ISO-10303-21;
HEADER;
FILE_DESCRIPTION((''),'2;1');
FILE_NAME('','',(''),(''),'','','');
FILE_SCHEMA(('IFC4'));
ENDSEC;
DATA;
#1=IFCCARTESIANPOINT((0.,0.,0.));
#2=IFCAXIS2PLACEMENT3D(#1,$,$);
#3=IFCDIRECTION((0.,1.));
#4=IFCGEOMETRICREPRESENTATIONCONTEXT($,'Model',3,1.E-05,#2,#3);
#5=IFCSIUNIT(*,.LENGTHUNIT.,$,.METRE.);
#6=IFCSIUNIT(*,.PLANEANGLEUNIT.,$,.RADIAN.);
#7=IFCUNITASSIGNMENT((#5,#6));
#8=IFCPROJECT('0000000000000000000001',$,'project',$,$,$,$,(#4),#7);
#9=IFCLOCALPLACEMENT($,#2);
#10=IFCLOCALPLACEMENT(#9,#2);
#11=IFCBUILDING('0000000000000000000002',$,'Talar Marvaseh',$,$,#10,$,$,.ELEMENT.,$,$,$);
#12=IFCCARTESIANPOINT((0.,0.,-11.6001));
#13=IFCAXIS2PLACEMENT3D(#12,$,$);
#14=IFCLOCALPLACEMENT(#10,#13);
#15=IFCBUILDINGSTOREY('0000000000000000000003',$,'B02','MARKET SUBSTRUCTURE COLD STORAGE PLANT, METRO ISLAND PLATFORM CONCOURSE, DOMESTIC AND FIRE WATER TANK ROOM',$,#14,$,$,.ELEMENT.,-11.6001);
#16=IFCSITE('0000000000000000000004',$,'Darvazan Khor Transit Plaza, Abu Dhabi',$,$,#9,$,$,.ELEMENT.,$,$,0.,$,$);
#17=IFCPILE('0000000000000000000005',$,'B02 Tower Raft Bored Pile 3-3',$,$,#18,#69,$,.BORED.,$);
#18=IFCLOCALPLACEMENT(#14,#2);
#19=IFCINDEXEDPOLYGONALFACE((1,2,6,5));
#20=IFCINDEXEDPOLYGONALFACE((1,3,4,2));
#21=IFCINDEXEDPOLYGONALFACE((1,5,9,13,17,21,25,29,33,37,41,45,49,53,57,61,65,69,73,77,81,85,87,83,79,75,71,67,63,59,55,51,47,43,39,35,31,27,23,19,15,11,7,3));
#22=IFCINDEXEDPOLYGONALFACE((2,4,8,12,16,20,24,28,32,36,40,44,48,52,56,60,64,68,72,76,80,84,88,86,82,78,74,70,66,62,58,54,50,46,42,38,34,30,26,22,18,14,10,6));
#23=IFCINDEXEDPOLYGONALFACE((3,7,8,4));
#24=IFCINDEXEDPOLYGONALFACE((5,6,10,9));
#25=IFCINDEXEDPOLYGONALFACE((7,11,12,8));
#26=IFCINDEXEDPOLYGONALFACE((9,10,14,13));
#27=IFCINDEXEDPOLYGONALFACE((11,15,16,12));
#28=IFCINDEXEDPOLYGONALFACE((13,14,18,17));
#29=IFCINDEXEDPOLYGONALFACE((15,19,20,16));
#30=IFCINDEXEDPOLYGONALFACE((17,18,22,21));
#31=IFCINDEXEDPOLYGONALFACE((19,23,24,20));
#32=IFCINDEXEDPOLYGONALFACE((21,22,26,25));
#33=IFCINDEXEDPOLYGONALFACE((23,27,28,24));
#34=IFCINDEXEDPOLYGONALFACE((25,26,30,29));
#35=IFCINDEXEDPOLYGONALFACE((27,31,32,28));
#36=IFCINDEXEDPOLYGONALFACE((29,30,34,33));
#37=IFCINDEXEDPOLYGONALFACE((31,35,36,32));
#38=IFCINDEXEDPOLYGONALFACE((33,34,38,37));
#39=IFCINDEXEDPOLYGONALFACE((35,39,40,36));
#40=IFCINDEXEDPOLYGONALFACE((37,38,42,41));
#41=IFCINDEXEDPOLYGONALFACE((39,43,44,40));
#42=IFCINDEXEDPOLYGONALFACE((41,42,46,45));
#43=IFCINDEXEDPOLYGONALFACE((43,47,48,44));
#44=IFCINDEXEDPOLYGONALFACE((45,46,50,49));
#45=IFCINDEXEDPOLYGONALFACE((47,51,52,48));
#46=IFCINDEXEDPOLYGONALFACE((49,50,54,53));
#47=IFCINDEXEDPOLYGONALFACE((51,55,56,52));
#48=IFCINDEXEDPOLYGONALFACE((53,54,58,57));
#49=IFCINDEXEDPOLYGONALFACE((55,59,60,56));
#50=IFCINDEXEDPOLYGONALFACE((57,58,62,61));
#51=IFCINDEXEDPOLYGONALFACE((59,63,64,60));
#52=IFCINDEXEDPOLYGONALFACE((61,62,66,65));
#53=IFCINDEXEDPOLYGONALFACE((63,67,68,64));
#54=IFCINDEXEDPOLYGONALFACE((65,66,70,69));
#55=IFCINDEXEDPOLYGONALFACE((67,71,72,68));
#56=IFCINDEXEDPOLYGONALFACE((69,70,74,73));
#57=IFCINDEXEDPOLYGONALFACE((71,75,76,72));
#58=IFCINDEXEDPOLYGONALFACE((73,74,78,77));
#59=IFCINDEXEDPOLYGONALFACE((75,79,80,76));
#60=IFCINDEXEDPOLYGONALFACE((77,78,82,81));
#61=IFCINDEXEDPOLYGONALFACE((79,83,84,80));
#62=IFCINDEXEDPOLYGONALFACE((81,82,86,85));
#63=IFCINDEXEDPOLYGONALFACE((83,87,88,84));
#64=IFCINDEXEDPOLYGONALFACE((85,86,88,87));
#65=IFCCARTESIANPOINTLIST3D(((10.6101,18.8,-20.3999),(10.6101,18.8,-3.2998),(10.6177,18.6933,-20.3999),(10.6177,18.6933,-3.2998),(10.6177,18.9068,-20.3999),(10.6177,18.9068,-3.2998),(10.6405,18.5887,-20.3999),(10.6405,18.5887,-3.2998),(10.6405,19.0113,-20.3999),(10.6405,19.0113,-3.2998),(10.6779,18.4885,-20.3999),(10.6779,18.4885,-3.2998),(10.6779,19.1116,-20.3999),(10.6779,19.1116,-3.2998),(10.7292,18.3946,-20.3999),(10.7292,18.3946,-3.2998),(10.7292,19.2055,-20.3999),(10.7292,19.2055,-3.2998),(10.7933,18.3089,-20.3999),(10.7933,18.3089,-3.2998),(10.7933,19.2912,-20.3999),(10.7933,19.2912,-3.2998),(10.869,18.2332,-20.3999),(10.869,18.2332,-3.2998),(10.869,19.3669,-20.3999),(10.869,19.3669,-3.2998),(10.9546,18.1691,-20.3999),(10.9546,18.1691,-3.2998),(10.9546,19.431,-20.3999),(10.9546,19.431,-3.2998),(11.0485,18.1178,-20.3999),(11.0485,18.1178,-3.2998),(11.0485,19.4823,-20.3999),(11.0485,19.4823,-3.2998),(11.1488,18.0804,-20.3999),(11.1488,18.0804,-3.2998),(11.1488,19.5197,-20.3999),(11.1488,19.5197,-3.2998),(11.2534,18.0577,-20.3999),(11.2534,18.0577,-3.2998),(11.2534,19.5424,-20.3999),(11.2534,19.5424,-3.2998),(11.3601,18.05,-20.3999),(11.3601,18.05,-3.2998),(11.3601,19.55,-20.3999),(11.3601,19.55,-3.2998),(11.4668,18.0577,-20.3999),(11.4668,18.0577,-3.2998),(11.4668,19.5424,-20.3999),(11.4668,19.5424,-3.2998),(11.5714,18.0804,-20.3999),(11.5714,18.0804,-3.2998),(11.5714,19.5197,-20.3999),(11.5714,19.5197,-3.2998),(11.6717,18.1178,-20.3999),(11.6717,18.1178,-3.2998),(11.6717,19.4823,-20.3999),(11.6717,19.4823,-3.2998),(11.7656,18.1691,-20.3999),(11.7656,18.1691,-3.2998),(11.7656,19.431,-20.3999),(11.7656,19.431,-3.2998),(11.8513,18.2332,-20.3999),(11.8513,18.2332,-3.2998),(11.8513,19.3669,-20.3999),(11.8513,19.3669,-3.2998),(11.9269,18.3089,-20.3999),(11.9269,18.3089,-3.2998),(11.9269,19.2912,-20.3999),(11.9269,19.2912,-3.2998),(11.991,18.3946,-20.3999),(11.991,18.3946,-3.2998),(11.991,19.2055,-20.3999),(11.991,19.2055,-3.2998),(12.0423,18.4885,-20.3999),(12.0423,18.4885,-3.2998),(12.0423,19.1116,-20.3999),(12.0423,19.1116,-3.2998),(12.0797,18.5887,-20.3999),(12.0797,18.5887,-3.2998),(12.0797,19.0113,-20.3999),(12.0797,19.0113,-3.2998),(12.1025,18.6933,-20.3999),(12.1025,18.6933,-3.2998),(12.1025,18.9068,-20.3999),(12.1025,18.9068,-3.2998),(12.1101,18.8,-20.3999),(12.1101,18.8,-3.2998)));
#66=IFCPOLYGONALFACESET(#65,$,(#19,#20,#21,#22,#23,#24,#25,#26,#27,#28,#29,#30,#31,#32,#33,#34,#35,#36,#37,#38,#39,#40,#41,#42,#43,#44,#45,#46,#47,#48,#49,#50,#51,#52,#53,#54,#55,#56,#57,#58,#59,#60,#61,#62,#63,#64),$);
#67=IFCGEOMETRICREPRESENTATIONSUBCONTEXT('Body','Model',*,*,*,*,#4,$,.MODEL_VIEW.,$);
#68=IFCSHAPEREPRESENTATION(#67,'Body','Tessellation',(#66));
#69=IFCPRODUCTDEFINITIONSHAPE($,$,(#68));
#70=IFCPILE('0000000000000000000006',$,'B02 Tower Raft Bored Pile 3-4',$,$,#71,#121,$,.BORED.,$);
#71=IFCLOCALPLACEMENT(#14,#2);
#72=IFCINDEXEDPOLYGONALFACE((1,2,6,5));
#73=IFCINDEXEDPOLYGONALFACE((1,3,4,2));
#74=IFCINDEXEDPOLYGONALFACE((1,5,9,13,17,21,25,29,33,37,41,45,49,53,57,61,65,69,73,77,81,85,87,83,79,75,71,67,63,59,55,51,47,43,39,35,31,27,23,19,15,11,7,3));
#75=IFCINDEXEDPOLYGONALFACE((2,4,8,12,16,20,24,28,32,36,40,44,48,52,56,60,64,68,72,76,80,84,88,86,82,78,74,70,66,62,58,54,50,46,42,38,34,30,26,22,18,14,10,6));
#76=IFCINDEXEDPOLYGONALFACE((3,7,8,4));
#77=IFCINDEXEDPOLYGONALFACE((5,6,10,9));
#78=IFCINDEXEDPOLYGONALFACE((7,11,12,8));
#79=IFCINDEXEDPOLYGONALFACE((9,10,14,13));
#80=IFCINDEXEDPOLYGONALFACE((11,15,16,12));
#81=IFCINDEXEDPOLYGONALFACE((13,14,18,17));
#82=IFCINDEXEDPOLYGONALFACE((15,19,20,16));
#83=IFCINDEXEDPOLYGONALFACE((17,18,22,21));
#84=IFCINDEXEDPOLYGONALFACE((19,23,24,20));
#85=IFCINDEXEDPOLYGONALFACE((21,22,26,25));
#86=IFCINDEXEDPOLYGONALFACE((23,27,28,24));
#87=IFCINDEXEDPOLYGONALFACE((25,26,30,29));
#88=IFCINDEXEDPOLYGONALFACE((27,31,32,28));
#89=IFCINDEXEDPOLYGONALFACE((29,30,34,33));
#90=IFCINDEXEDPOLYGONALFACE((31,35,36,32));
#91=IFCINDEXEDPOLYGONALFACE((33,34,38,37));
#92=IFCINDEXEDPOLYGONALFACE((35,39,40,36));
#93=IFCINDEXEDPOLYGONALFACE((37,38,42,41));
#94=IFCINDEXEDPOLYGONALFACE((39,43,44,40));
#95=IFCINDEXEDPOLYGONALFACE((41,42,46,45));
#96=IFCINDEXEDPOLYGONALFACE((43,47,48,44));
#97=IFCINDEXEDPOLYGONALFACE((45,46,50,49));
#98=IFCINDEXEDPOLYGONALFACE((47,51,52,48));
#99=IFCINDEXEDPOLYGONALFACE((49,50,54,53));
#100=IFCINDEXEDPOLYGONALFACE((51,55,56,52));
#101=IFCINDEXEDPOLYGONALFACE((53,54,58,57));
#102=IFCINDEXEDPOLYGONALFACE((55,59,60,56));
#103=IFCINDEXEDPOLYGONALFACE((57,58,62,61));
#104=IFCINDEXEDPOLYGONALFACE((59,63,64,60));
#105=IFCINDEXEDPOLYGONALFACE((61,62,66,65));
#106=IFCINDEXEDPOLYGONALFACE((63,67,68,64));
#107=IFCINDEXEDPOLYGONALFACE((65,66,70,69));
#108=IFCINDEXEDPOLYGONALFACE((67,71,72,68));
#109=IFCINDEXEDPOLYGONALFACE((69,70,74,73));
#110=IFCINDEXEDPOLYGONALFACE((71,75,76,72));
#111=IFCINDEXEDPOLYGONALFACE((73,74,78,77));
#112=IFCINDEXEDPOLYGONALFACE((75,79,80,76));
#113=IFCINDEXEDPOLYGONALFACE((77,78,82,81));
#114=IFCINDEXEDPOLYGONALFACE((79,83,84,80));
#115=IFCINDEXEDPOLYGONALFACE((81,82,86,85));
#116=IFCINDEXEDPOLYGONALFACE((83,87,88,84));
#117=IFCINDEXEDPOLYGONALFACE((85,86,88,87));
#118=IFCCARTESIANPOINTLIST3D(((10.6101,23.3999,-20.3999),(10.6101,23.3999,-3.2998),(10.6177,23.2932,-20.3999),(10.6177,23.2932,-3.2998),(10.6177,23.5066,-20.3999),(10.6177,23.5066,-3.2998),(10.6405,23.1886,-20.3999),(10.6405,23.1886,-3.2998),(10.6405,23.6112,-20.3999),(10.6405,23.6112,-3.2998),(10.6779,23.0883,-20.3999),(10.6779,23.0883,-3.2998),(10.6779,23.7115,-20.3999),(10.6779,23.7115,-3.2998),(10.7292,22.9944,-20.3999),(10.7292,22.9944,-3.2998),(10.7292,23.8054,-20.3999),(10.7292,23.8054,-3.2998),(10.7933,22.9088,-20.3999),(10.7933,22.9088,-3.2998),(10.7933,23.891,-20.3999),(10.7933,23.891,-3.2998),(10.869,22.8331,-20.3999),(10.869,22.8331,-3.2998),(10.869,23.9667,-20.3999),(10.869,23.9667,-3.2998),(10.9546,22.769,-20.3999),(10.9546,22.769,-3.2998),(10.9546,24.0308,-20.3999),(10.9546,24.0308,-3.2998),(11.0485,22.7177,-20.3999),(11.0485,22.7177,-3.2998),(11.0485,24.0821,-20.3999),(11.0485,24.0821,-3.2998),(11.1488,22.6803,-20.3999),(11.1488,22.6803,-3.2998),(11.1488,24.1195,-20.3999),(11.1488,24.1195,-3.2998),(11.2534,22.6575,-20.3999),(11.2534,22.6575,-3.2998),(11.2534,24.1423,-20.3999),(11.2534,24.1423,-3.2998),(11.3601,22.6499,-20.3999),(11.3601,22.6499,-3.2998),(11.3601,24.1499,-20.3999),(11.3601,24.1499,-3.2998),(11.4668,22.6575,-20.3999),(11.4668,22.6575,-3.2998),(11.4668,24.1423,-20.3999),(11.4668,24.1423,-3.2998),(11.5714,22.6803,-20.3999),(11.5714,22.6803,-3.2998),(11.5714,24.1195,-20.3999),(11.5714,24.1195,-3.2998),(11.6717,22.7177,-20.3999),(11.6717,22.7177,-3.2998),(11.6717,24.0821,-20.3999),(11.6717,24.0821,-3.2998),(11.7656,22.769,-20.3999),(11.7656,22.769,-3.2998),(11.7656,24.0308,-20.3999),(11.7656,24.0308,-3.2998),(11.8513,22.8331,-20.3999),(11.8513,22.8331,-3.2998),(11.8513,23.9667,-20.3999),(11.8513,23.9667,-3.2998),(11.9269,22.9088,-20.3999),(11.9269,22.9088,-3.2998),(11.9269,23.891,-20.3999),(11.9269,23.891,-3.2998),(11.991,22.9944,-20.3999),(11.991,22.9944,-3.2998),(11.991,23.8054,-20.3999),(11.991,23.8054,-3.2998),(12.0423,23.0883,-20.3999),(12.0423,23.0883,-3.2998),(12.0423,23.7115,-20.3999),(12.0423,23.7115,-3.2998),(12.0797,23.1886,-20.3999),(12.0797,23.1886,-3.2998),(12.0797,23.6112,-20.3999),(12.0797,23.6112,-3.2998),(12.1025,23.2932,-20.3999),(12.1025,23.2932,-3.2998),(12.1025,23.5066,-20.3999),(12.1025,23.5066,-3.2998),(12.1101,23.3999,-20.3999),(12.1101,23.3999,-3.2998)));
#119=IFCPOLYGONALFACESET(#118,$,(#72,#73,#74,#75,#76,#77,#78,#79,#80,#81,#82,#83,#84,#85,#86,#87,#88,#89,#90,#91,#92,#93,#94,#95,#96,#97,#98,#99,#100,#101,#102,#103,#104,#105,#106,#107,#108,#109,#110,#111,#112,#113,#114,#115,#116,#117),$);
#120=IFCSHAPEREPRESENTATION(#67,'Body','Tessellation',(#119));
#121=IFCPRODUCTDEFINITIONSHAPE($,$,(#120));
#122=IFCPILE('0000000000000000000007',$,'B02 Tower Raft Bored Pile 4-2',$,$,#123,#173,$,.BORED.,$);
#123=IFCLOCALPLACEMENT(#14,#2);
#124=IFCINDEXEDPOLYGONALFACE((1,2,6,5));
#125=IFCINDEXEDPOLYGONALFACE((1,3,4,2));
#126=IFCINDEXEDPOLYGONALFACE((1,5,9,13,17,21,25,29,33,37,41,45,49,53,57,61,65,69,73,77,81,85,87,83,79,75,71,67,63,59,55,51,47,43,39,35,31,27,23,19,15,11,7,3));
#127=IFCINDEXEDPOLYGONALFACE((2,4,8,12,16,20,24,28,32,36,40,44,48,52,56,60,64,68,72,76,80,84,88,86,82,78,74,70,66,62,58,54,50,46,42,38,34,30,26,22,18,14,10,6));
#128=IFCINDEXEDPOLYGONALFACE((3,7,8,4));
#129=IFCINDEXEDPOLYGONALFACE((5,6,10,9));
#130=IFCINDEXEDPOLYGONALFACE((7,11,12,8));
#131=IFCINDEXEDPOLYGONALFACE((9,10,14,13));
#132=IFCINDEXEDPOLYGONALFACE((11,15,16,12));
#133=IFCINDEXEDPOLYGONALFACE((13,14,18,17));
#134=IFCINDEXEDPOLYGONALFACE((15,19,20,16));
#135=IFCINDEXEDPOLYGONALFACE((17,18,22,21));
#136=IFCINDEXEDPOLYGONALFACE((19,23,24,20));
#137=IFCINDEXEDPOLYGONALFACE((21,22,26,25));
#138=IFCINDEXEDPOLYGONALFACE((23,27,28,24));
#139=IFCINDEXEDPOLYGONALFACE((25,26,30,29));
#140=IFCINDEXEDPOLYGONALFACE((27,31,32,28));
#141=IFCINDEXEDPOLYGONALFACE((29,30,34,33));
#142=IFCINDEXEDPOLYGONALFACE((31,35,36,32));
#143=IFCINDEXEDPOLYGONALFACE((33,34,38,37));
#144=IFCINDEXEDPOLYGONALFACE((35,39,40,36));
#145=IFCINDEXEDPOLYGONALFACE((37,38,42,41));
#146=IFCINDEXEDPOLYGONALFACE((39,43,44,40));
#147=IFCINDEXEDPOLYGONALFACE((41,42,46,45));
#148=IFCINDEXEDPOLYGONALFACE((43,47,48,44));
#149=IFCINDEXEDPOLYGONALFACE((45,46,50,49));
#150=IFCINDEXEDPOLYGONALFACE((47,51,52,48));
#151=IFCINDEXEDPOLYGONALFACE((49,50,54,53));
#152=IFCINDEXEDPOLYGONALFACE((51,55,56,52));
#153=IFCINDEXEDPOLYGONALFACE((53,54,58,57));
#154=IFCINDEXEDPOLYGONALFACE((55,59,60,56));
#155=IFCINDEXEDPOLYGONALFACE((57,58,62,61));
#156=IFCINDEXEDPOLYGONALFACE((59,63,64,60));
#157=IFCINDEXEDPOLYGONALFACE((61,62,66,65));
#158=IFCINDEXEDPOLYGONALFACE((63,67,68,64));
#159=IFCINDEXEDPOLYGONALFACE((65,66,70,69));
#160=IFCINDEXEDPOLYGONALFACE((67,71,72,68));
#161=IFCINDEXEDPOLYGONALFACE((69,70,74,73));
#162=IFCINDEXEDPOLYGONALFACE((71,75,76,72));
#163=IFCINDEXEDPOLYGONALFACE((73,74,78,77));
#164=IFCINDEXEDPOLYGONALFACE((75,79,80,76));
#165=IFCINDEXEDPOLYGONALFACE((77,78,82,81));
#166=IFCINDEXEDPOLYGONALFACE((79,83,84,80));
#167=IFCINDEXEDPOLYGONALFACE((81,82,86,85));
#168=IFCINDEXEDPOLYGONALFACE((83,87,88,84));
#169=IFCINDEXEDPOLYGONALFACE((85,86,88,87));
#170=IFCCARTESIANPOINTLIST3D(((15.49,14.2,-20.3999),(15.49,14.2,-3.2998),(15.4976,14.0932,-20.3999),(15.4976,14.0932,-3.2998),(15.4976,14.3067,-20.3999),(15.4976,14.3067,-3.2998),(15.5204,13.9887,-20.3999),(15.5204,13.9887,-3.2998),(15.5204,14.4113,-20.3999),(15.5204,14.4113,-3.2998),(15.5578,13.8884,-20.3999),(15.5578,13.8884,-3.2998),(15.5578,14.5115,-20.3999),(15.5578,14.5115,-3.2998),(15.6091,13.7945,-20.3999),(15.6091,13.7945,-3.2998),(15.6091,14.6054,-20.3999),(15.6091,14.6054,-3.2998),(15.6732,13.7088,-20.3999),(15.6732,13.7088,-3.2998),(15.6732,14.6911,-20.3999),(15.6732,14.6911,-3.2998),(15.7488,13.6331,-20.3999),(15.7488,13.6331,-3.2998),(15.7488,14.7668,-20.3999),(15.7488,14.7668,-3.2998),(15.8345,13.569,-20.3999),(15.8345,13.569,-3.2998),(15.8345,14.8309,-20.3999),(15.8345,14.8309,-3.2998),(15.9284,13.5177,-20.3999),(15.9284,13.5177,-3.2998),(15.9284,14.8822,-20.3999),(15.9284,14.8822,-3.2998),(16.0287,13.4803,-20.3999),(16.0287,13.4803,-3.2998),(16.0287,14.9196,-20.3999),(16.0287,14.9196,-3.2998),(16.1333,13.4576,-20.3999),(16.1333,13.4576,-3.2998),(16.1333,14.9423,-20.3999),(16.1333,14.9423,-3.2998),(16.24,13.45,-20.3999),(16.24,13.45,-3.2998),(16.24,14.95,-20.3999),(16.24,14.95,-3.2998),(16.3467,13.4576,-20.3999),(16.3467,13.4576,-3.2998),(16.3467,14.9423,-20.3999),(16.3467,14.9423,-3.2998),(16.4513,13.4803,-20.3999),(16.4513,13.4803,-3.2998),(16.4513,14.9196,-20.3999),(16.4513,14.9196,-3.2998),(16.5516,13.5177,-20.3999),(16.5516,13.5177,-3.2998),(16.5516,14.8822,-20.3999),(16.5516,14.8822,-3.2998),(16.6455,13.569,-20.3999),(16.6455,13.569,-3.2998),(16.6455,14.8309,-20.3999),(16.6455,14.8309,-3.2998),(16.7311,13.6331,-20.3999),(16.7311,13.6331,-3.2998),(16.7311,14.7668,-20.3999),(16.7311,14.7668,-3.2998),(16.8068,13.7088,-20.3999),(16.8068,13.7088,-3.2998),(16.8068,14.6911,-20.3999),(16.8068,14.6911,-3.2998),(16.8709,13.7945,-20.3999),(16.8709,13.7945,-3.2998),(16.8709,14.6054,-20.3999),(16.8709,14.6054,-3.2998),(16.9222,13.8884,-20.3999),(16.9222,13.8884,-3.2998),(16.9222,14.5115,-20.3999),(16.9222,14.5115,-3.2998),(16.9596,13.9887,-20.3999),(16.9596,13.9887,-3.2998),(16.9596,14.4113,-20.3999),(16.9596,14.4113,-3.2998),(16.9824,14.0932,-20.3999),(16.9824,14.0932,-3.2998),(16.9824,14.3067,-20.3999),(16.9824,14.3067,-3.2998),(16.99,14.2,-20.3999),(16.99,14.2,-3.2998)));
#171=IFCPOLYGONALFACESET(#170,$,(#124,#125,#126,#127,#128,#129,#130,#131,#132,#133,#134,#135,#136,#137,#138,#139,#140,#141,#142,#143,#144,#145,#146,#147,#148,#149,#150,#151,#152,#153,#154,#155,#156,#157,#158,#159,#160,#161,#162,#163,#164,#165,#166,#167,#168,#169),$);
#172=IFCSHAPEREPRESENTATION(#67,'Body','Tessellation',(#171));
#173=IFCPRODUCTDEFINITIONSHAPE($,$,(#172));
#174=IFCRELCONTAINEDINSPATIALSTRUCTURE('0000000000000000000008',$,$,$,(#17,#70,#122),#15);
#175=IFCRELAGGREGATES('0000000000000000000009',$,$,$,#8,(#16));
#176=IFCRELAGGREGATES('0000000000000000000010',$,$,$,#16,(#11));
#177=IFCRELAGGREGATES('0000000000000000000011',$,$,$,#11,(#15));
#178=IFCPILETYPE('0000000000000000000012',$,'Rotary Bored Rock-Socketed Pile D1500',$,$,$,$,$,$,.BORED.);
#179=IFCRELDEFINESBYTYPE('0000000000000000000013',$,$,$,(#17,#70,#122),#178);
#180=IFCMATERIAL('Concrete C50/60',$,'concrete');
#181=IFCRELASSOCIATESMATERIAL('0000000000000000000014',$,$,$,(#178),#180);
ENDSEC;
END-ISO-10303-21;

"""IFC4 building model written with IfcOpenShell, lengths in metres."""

from ifc_helpers import new_model, si_unit, direction, frame, origin, origin_2d, place, context, subcontext, project, spatial, circle, extrude, source, transform, mapped, material, material_profile, profile_set, type_object, type_shapes, element, save


model = new_model("IFC4")

# Units and contexts
model_context = context("Model", 3, precision=1e-05, world=origin(), true_north=direction((0.0, 1.0)))
body_context = subcontext(model_context, "Body", "Model", "MODEL_VIEW")
ifc_project = project(units=[si_unit("LENGTHUNIT", "METRE"), si_unit("PLANEANGLEUNIT", "RADIAN")], contexts=[model_context])

# Site, building, storey
site_placement = place(None, origin())
site = spatial("IfcSite", under=ifc_project, at=site_placement, Name="Darvazan Khor Transit Plaza, Abu Dhabi", CompositionType="ELEMENT", RefElevation=0.0)
building_placement = place(site_placement, origin())
building = spatial("IfcBuilding", under=site, at=building_placement, Name="Talar Marvaseh", CompositionType="ELEMENT")
storey_placement = place(building_placement, frame((0.0, 0.0, -11.6001)))
storey = spatial("IfcBuildingStorey", under=building, at=storey_placement, Name="B02", Description="MARKET SUBSTRUCTURE COLD STORAGE PLANT, METRO ISLAND PLATFORM CONCOURSE, DOMESTIC AND FIRE WATER TANK ROOM", CompositionType="ELEMENT", Elevation=-11.6001)

# Piles
ifc_material_1 = material(Name="Concrete C50/60", Category="concrete")
ifc_material_profile_1 = material_profile(ifc_material_1, circle(Radius=0.75, at=origin_2d()), Name="PILE-D1500")
ifc_profile_set_1 = profile_set([ifc_material_profile_1], Name="Concrete C50/60")
pile_type_1 = type_object("IfcPileType", Name="Rotary Bored Rock-Socketed Pile D1500", PredefinedType="BORED", material=ifc_profile_set_1)
shared_shape_1 = source(origin(), body_context, "Body", "SweptSolid", [
    extrude(circle(Radius=0.75, at=origin_2d()), origin(), (0.0, 0.0, 1.0), 17.1001),
])
type_shapes(pile_type_1, [shared_shape_1])
for number, where, z_axis, x_axis, name in (
    (1, (11.3601, 18.8, -3.2998), (0.0, 0.0, -1.0), (1.0, 0.0, 0.0), "B02 Tower Raft Bored Pile 3-3"),
    (2, (11.3601, 23.3999, -3.2998), (0.0, 0.0, -1.0), (1.0, 0.0, 0.0), "B02 Tower Raft Bored Pile 3-4"),
    (3, (16.24, 14.2, -3.2998), (0.0, 0.0, -1.0), (1.0, 0.0, 0.0), "B02 Tower Raft Bored Pile 4-2"),
):
    element("IfcPile", number, at=place(storey_placement, frame(where, z_axis=z_axis, x_axis=x_axis)), inside=storey, type_object=pile_type_1, Name=name, PredefinedType="BORED", context=body_context, shape_type="MappedRepresentation", body=[
        mapped(shared_shape_1, transform((0.0, 0.0, 0.0), x_axis=(1.0, 0.0, 0.0), y_axis=(0.0, 1.0, 0.0), z_axis=(0.0, 0.0, 1.0), scale=1.0)),
    ])

save(model, "model.ifc")
